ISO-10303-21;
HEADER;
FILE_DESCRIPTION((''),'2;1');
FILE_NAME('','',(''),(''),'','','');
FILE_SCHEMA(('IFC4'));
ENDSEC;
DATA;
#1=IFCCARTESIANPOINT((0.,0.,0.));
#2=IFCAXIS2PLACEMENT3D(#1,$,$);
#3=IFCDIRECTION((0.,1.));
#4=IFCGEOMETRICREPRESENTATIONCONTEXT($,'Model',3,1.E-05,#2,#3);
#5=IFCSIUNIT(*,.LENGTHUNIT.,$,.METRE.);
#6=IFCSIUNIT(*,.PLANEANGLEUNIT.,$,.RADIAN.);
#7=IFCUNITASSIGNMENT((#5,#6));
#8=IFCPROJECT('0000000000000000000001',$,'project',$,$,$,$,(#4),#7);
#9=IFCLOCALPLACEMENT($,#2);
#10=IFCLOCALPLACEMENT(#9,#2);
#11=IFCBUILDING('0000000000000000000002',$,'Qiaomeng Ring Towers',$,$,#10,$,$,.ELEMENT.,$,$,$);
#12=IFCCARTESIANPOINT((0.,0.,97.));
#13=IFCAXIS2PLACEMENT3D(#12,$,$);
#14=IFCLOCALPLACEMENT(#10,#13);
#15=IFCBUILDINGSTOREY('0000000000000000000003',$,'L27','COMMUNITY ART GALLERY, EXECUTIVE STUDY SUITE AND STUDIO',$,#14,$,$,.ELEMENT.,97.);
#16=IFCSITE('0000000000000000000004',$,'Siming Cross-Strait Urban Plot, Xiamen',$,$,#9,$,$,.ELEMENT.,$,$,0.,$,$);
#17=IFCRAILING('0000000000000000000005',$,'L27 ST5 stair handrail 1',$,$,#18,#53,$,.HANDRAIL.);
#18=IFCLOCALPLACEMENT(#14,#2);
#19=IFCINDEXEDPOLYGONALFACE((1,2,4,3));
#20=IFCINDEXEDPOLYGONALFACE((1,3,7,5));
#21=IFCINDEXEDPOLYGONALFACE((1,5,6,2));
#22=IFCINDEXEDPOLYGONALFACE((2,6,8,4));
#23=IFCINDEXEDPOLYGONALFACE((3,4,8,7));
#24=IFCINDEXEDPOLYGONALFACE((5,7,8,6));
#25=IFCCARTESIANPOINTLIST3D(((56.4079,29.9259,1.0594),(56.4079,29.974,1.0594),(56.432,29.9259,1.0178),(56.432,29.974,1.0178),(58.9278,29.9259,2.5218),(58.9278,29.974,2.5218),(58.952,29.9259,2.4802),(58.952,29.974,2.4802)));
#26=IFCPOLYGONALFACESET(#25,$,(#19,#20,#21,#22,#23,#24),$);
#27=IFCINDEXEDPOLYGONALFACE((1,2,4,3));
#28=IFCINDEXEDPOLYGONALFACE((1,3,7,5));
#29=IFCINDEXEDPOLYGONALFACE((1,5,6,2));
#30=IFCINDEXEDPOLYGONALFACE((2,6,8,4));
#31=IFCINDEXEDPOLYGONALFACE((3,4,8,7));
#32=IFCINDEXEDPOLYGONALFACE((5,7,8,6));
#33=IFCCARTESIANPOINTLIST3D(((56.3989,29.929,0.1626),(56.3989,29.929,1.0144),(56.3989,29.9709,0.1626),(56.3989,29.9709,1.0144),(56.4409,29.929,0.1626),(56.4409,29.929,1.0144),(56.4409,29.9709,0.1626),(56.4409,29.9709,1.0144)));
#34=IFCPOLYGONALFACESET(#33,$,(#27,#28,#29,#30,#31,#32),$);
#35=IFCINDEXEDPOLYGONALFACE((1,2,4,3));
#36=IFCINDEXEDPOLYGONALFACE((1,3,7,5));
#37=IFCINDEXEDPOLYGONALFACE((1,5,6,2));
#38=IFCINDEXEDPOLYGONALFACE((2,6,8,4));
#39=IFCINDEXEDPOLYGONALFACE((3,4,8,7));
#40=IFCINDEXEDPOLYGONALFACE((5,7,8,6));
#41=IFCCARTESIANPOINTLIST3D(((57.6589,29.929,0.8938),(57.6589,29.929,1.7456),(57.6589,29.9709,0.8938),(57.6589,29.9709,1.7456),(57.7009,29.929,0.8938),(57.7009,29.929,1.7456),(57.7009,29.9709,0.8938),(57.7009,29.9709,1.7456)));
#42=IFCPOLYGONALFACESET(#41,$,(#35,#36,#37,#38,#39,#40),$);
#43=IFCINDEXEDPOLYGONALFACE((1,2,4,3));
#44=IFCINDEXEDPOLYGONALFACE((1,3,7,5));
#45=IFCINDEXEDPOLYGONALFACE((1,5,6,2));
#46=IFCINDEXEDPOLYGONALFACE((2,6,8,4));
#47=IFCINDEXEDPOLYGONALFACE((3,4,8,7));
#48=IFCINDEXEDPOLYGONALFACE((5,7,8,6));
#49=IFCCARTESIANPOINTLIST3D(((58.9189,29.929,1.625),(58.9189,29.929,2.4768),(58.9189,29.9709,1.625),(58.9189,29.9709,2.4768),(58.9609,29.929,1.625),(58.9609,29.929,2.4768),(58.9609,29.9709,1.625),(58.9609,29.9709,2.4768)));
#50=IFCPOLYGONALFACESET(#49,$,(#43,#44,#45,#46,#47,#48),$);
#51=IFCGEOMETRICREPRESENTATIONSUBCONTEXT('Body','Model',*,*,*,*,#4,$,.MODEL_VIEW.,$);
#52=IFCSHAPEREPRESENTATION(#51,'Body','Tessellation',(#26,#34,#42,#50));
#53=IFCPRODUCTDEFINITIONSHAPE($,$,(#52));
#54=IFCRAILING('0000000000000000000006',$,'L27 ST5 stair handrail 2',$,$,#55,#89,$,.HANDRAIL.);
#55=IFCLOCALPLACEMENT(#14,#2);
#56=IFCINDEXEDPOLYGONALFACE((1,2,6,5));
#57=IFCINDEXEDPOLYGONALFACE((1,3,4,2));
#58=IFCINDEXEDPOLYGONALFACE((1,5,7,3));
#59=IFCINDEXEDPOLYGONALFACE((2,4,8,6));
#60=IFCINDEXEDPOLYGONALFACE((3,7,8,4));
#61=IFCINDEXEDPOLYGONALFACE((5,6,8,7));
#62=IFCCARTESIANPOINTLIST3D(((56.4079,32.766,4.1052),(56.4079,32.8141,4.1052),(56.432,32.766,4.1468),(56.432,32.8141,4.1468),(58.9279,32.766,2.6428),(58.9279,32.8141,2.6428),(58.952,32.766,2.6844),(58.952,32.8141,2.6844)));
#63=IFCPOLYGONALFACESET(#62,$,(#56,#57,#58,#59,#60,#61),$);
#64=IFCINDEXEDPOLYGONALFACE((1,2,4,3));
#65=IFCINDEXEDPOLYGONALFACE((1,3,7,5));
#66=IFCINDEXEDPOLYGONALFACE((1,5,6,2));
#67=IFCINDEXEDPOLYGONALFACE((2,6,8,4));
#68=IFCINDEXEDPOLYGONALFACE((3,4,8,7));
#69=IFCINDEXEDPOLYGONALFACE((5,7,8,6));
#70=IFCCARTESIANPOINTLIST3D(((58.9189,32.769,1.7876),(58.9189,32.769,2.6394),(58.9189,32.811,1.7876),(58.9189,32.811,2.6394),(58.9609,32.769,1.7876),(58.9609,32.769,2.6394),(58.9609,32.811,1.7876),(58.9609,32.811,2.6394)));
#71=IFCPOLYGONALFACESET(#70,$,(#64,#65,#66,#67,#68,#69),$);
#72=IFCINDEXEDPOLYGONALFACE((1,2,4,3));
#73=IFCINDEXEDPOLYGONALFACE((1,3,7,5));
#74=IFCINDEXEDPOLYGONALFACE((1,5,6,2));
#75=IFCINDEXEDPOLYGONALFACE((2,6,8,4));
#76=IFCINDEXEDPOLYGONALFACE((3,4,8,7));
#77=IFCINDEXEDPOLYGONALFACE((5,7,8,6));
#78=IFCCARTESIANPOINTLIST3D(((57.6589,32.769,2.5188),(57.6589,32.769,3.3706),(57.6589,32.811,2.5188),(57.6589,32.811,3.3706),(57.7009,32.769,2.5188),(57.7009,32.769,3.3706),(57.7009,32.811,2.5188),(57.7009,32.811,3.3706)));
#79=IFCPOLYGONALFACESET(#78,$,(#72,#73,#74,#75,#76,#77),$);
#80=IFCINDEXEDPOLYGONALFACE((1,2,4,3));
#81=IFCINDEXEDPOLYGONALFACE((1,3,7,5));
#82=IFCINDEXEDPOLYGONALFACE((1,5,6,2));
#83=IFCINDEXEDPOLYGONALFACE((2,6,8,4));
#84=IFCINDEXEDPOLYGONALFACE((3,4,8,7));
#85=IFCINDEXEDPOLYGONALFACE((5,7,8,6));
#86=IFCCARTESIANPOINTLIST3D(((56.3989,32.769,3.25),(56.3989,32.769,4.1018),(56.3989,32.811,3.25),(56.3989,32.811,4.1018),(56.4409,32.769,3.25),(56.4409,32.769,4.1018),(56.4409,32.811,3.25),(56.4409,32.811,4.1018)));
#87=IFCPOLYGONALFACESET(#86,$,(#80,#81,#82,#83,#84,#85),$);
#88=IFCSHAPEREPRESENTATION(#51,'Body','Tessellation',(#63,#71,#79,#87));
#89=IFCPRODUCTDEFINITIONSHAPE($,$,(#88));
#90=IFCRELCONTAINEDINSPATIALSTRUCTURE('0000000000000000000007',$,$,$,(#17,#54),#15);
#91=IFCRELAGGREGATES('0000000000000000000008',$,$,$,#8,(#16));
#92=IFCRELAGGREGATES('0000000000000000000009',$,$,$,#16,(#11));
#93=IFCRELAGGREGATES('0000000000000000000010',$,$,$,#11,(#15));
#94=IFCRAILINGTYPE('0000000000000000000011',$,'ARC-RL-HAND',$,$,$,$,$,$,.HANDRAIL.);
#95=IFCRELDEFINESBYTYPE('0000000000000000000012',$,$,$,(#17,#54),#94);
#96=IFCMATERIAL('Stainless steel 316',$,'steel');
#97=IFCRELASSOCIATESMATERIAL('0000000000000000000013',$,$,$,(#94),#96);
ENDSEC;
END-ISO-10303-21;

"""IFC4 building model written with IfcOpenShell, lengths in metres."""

from ifc_helpers import new_model, si_unit, direction, frame, origin, origin_2d, place, context, subcontext, project, spatial, rectangle, extrude, material, type_object, element, save


model = new_model("IFC4")

# Units and contexts
model_context = context("Model", 3, precision=1e-05, world=origin(), true_north=direction((0.0, 1.0)))
body_context = subcontext(model_context, "Body", "Model", "MODEL_VIEW")
ifc_project = project(units=[si_unit("LENGTHUNIT", "METRE"), si_unit("PLANEANGLEUNIT", "RADIAN")], contexts=[model_context])

# Site, building, storey
site_placement = place(None, origin())
site = spatial("IfcSite", under=ifc_project, at=site_placement, Name="Siming Cross-Strait Urban Plot, Xiamen", CompositionType="ELEMENT", RefElevation=0.0)
building_placement = place(site_placement, origin())
building = spatial("IfcBuilding", under=site, at=building_placement, Name="Qiaomeng Ring Towers", CompositionType="ELEMENT")
storey_placement = place(building_placement, frame((0.0, 0.0, 97.0)))
storey = spatial("IfcBuildingStorey", under=building, at=storey_placement, Name="L27", Description="COMMUNITY ART GALLERY, EXECUTIVE STUDY SUITE AND STUDIO", CompositionType="ELEMENT", Elevation=97.0)

# Shared definitions
ifc_material_1 = material(Name="Stainless steel 316", Category="steel")

# Railings
railing_type_1 = type_object("IfcRailingType", Name="ARC-RL-HAND", PredefinedType="HANDRAIL", material=ifc_material_1)
railing_1_placement = place(storey_placement, frame((56.4199, 29.95, 0.1626)))
element("IfcRailing", 1, at=railing_1_placement, inside=storey, type_object=railing_type_1, Name="L27 ST5 stair handrail 1", PredefinedType="HANDRAIL", context=body_context, shape_type="SweptSolid", body=[
    extrude(rectangle(XDim=0.0481, YDim=0.0481, at=origin_2d()), frame((0.0, 0.0, 0.876), z_axis=(0.864913, 0.0, 0.501921), x_axis=(0.0, 1.0, 0.0)), (0.0, 0.0, 1.0), 2.9136),
    extrude(rectangle(XDim=0.042, YDim=0.042, at=origin_2d()), origin(), (0.0, 0.0, 1.0), 0.8518),
    extrude(rectangle(XDim=0.042, YDim=0.042, at=origin_2d()), frame((1.26, 0.0, 0.7312)), (0.0, 0.0, 1.0), 0.8518),
    extrude(rectangle(XDim=0.042, YDim=0.042, at=origin_2d()), frame((2.52, 0.0, 1.4624)), (0.0, 0.0, 1.0), 0.8518),
])
railing_2_placement = place(storey_placement, frame((58.9399, 32.79, 1.7876)))
element("IfcRailing", 2, at=railing_2_placement, inside=storey, type_object=railing_type_1, Name="L27 ST5 stair handrail 2", PredefinedType="HANDRAIL", context=body_context, shape_type="SweptSolid", body=[
    extrude(rectangle(XDim=0.0481, YDim=0.0481, at=origin_2d()), frame((0.0, 0.0, 0.876), z_axis=(-0.864913, 0.0, 0.501921), x_axis=(0.0, -1.0, 0.0)), (0.0, 0.0, 1.0), 2.9136),
    extrude(rectangle(XDim=0.042, YDim=0.042, at=origin_2d()), origin(), (0.0, 0.0, 1.0), 0.8518),
    extrude(rectangle(XDim=0.042, YDim=0.042, at=origin_2d()), frame((-1.26, 0.0, 0.7312)), (0.0, 0.0, 1.0), 0.8518),
    extrude(rectangle(XDim=0.042, YDim=0.042, at=origin_2d()), frame((-2.52, 0.0, 1.4624)), (0.0, 0.0, 1.0), 0.8518),
])

save(model, "model.ifc")
